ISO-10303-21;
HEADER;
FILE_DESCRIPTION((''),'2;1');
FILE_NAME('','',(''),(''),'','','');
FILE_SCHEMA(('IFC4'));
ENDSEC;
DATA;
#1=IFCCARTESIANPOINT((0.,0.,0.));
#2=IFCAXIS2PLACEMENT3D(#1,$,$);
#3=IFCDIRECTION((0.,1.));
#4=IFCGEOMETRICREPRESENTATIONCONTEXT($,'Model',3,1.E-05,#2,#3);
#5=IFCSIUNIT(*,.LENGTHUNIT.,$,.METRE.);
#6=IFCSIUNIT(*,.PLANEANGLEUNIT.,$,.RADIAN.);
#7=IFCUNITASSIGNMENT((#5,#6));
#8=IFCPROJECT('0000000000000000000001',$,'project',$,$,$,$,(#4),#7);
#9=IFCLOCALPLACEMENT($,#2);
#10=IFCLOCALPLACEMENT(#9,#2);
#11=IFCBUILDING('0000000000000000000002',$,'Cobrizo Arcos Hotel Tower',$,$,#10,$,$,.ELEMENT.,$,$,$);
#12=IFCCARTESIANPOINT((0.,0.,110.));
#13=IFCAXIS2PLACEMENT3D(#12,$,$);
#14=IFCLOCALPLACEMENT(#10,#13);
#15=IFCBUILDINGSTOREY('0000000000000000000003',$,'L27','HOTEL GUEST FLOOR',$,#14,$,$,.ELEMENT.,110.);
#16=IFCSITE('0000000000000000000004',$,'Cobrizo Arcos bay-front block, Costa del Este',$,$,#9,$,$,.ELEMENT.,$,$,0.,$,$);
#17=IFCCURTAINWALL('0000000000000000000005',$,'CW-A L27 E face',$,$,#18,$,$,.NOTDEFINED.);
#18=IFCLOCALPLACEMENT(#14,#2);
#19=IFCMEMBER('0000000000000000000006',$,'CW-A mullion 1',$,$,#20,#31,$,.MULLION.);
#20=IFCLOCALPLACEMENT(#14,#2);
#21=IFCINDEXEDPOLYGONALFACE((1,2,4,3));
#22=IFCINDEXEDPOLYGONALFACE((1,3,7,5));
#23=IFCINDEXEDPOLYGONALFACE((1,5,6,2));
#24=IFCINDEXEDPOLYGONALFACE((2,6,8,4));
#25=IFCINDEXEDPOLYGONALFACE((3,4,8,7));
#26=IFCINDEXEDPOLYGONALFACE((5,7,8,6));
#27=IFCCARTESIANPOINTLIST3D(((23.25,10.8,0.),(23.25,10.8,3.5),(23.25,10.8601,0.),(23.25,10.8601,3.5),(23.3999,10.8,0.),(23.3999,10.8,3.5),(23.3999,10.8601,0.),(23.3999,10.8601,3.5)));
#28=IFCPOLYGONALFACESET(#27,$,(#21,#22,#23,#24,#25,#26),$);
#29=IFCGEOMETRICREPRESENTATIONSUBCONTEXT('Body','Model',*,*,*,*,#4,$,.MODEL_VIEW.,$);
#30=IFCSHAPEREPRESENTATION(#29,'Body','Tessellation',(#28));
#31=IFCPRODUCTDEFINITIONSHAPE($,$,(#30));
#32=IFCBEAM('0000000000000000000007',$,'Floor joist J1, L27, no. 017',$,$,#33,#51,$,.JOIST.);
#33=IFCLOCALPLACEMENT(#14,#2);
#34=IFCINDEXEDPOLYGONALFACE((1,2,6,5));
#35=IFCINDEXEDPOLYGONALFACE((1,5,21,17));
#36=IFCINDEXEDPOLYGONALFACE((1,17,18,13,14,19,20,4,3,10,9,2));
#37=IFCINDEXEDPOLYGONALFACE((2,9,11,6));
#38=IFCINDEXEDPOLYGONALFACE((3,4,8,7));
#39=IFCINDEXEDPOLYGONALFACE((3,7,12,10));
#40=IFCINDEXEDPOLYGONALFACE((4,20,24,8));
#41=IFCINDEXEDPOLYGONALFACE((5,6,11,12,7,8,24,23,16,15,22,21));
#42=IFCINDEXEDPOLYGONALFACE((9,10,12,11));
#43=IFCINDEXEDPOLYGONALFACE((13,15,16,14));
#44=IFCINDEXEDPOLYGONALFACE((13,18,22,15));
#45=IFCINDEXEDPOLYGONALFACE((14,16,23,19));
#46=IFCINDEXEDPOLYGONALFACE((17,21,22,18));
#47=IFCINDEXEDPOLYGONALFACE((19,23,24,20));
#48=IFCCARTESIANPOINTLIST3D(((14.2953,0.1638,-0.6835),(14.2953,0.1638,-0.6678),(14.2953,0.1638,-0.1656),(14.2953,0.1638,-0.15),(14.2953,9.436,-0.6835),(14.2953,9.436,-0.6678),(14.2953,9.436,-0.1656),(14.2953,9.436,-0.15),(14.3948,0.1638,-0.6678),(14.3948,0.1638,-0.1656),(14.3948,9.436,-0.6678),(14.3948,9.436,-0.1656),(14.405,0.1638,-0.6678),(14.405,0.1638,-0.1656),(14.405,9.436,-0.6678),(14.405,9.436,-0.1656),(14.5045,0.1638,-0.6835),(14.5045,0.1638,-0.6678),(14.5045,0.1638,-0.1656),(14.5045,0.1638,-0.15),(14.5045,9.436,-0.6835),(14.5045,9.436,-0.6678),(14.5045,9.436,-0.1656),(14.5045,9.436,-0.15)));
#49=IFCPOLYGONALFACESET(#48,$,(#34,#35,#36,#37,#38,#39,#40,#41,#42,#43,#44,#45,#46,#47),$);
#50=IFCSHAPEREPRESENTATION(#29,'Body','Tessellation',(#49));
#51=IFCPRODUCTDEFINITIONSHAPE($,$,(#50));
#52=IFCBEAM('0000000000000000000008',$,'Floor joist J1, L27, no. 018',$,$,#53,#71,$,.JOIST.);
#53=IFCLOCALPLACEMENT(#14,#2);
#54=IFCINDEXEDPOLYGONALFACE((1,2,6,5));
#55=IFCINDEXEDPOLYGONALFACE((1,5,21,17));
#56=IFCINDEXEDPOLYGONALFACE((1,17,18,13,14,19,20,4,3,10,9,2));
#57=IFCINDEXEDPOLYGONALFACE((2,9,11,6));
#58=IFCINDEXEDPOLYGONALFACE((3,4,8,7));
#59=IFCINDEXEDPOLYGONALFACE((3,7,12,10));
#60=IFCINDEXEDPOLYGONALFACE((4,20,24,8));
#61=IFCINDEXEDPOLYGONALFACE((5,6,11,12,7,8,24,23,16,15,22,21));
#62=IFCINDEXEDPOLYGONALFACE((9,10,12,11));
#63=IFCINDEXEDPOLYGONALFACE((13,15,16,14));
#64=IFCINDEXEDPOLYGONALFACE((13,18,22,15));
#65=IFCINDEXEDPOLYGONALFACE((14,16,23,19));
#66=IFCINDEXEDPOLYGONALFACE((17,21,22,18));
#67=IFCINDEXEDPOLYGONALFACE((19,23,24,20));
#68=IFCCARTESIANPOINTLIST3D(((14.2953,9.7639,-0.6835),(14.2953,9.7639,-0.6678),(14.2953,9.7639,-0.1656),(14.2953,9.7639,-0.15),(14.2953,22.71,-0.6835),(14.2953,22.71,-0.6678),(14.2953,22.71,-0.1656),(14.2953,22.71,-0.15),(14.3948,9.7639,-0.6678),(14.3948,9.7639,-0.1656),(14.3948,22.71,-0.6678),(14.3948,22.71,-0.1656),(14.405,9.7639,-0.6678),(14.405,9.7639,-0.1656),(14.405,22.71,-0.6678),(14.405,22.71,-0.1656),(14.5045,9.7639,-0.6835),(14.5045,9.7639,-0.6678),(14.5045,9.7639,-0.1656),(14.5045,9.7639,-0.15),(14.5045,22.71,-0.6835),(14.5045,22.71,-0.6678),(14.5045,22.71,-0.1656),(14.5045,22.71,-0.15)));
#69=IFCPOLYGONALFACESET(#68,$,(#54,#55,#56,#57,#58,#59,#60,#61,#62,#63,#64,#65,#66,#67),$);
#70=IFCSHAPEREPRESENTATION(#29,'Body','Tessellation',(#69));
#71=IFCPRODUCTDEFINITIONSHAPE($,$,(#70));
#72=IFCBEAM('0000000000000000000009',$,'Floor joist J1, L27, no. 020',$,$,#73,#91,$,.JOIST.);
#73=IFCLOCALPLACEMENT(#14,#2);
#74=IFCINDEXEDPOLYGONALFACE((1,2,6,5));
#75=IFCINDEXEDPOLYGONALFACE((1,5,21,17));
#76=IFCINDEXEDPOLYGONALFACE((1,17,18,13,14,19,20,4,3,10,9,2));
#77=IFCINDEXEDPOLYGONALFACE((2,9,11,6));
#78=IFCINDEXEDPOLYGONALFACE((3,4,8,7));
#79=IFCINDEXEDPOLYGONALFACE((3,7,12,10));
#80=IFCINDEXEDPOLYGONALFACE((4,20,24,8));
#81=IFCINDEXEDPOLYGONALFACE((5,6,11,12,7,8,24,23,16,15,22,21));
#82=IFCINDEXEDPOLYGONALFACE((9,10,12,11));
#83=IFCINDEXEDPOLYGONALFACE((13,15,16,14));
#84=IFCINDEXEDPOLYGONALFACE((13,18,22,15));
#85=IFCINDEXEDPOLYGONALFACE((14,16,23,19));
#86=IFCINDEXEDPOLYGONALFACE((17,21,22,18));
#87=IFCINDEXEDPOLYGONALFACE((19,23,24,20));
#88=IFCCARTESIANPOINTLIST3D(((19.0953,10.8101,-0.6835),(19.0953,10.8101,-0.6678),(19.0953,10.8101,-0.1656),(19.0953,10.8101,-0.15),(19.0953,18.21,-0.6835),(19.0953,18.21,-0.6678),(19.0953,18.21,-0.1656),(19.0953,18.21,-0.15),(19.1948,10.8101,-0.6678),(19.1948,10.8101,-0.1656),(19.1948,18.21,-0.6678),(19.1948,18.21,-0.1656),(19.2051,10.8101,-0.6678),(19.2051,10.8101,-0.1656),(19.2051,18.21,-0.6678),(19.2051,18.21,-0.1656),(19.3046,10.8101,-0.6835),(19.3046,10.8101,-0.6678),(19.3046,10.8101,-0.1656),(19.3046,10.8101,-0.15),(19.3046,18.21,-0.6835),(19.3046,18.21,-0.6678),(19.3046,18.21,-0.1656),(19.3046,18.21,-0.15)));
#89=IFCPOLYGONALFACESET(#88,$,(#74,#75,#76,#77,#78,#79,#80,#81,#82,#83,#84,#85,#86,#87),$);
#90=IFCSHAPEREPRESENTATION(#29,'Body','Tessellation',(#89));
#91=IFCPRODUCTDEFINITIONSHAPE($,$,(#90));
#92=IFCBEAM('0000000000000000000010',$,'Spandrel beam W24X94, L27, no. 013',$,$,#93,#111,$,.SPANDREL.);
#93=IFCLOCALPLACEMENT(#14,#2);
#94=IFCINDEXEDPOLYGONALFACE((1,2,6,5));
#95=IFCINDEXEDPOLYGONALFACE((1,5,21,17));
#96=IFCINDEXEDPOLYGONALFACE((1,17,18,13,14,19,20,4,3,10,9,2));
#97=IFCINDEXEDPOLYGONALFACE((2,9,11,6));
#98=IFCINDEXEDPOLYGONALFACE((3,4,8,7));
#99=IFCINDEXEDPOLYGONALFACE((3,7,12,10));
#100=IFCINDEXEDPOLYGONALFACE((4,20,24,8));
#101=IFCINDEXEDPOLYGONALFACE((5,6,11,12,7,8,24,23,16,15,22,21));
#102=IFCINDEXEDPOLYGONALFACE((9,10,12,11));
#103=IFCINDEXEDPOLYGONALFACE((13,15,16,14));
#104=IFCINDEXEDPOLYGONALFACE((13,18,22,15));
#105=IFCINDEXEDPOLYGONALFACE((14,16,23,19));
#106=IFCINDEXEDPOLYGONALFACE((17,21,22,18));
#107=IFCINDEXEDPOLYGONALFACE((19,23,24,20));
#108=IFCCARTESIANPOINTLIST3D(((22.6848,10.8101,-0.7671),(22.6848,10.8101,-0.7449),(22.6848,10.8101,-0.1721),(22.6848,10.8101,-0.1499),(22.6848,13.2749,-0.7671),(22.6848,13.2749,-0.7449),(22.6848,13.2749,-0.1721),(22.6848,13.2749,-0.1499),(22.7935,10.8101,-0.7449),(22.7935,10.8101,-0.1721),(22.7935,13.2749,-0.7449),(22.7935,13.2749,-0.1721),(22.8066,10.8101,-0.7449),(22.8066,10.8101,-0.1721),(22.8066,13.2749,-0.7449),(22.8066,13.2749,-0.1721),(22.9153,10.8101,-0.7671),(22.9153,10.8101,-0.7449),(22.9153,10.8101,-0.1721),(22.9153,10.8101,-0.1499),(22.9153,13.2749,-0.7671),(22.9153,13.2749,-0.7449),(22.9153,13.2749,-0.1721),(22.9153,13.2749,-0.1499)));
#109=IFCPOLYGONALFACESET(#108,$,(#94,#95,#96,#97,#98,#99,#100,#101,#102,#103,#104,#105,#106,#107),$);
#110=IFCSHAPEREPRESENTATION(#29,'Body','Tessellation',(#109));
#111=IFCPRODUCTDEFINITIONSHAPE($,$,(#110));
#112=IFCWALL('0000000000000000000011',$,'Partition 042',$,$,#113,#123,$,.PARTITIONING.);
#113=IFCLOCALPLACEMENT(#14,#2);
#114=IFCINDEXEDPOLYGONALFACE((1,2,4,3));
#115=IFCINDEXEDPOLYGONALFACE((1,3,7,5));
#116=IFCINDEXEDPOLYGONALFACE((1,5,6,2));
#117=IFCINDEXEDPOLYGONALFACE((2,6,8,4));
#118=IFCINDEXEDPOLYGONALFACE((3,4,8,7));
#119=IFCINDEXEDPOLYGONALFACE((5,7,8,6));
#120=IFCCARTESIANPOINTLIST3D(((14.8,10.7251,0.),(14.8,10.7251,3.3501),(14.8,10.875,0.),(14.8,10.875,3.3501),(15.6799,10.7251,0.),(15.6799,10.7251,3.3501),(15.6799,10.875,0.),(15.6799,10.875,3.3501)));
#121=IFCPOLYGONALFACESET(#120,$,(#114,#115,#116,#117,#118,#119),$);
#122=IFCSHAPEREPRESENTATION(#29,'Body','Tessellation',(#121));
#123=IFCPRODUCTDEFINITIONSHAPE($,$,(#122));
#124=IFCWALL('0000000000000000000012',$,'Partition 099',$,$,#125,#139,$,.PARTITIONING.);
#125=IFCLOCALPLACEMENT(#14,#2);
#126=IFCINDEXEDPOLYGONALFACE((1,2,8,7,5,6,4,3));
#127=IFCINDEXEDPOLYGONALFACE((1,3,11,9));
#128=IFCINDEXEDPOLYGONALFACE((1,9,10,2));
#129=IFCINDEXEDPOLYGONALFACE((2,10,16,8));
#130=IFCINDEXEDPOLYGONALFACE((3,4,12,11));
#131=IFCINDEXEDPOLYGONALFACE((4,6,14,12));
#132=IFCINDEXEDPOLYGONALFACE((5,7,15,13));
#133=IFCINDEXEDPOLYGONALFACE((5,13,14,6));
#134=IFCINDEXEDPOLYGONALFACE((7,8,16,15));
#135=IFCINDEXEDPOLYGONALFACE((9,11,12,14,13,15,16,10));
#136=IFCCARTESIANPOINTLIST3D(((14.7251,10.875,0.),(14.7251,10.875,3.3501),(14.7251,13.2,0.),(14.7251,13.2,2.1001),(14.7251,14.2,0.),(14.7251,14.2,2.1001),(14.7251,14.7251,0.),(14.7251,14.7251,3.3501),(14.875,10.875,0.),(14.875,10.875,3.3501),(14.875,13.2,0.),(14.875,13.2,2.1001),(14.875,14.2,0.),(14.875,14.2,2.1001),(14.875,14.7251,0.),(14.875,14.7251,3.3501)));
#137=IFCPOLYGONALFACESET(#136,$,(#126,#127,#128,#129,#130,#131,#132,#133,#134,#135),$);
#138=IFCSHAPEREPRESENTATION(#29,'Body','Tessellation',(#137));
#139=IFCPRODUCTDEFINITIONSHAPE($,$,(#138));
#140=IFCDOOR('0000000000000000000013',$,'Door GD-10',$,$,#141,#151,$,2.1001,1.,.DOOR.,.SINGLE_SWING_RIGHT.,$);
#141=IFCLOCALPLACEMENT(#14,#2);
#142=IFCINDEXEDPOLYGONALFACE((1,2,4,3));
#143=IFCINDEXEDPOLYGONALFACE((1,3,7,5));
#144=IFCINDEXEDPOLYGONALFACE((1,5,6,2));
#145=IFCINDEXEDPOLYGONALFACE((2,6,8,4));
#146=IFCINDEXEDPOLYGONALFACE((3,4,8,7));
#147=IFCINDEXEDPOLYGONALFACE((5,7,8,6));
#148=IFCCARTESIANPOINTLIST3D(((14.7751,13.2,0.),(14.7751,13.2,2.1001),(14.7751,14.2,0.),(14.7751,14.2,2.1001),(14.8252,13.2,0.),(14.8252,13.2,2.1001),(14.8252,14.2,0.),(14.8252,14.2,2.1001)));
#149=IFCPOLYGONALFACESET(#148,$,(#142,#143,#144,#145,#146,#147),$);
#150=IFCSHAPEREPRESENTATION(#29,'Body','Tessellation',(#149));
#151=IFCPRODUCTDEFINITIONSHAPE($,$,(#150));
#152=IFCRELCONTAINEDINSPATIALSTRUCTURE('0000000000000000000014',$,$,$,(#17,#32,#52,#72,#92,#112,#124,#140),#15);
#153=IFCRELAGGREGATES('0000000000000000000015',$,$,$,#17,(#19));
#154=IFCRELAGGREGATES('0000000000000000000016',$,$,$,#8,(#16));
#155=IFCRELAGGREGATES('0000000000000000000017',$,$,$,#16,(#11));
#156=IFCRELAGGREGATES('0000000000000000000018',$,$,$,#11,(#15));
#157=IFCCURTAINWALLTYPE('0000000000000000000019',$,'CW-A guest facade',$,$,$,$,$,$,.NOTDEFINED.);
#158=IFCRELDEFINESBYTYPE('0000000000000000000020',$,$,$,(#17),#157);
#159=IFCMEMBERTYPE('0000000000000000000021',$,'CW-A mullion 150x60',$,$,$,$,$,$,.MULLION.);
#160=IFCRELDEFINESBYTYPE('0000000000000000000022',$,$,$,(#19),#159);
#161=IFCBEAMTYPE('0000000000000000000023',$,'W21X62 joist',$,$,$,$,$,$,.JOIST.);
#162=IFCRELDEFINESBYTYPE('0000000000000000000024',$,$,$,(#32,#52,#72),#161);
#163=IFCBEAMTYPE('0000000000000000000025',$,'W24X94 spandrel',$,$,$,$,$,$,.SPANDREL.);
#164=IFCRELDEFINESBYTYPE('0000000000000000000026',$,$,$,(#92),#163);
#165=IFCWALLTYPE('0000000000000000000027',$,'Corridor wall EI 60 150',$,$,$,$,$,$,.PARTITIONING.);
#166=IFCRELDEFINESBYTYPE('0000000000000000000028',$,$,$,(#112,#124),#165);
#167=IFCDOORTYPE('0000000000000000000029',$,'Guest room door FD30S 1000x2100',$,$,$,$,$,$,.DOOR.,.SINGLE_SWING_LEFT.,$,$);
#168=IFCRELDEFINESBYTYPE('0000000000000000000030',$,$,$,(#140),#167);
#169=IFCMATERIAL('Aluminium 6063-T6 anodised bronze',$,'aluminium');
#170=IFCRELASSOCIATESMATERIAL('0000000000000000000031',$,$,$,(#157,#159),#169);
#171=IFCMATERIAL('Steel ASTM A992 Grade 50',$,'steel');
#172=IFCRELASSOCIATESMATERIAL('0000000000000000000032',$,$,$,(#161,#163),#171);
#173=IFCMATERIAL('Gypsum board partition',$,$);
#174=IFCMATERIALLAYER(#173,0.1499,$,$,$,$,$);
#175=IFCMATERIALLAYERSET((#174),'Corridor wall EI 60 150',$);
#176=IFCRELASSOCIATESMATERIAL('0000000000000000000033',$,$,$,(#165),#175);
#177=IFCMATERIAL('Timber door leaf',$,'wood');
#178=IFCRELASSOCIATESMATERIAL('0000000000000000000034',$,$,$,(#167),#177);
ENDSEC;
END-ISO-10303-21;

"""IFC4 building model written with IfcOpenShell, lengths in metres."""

from ifc_helpers import new_model, si_unit, direction, frame, frame_2d, origin, origin_2d, place, context, subcontext, project, spatial, rectangle, i_section, extrude, material, layer, layer_set, material_profile, profile_set, type_object, element, fill, aggregate, save


model = new_model("IFC4")

# Units and contexts
model_context = context("Model", 3, precision=1e-05, world=origin(), true_north=direction((0.0, 1.0)))
body_context = subcontext(model_context, "Body", "Model", "MODEL_VIEW")
ifc_project = project(units=[si_unit("LENGTHUNIT", "METRE"), si_unit("PLANEANGLEUNIT", "RADIAN")], contexts=[model_context])

# Site, building, storey
site_placement = place(None, origin())
site = spatial("IfcSite", under=ifc_project, at=site_placement, Name="Cobrizo Arcos bay-front block, Costa del Este", CompositionType="ELEMENT", RefElevation=0.0)
building_placement = place(site_placement, origin())
building = spatial("IfcBuilding", under=site, at=building_placement, Name="Cobrizo Arcos Hotel Tower", CompositionType="ELEMENT")
storey_placement = place(building_placement, frame((0.0, 0.0, 110.0)))
storey = spatial("IfcBuildingStorey", under=building, at=storey_placement, Name="L27", Description="HOTEL GUEST FLOOR", CompositionType="ELEMENT", Elevation=110.0)

# Curtain wall, member
ifc_material_1 = material(Name="Aluminium 6063-T6 anodised bronze", Category="aluminium")
curtain_wall_type = type_object("IfcCurtainWallType", Name="CW-A guest facade", PredefinedType="NOTDEFINED", material=ifc_material_1)
curtain_wall_placement = place(storey_placement, origin())
curtain_wall = element("IfcCurtainWall", 1, at=curtain_wall_placement, inside=storey, type_object=curtain_wall_type, Name="CW-A L27 E face", PredefinedType="NOTDEFINED")
ifc_material_profile_1 = material_profile(ifc_material_1, rectangle(XDim=0.1499, YDim=0.0601, at=origin_2d()), Name="CW-A mullion 150x60")
ifc_profile_set_1 = profile_set([ifc_material_profile_1], Name="Aluminium 6063-T6 anodised bronze")
member_type = type_object("IfcMemberType", Name="CW-A mullion 150x60", PredefinedType="MULLION", material=ifc_profile_set_1)
member_placement = place(storey_placement, frame((23.325, 10.8301, 0.0), z_axis=(0.0, 0.0, 1.0), x_axis=(1.0, 0.0, 0.0)))
member = element("IfcMember", 2, at=member_placement, type_object=member_type, Name="CW-A mullion 1", PredefinedType="MULLION", context=body_context, shape_type="SweptSolid", body=[
    extrude(rectangle(XDim=0.1499, YDim=0.0601, at=origin_2d()), origin(), (0.0, 0.0, 1.0), 3.5),
])
aggregate(curtain_wall, [member])

# Beams
ifc_material_2 = material(Name="Steel ASTM A992 Grade 50", Category="steel")
ifc_material_profile_2 = material_profile(ifc_material_2, i_section(OverallWidth=0.2092, OverallDepth=0.5334, WebThickness=0.0103, FlangeThickness=0.0156, at=origin_2d()), Name="W21X62")
ifc_profile_set_2 = profile_set([ifc_material_profile_2], Name="Steel ASTM A992 Grade 50")
beam_type_1 = type_object("IfcBeamType", Name="W21X62 joist", PredefinedType="JOIST", material=ifc_profile_set_2)
beam_1_placement = place(storey_placement, frame((14.3999, 0.1638, -0.4167), z_axis=(0.0, 1.0, 0.0), x_axis=(-1.0, 0.0, 0.0)))
element("IfcBeam", 3, at=beam_1_placement, inside=storey, type_object=beam_type_1, Name="Floor joist J1, L27, no. 017", PredefinedType="JOIST", context=body_context, shape_type="SweptSolid", body=[
    extrude(i_section(OverallWidth=0.2092, OverallDepth=0.5334, WebThickness=0.0103, FlangeThickness=0.0156, at=origin_2d()), origin(), (0.0, 0.0, 1.0), 9.2722),
])
beam_2_placement = place(storey_placement, frame((14.3999, 9.7639, -0.4167), z_axis=(0.0, 1.0, 0.0), x_axis=(-1.0, 0.0, 0.0)))
element("IfcBeam", 4, at=beam_2_placement, inside=storey, type_object=beam_type_1, Name="Floor joist J1, L27, no. 018", PredefinedType="JOIST", context=body_context, shape_type="SweptSolid", body=[
    extrude(i_section(OverallWidth=0.2092, OverallDepth=0.5334, WebThickness=0.0103, FlangeThickness=0.0156, at=origin_2d()), origin(), (0.0, 0.0, 1.0), 12.946),
])
beam_3_placement = place(storey_placement, frame((19.2, 10.8101, -0.4167), z_axis=(0.0, 1.0, 0.0), x_axis=(-1.0, 0.0, 0.0)))
element("IfcBeam", 5, at=beam_3_placement, inside=storey, type_object=beam_type_1, Name="Floor joist J1, L27, no. 020", PredefinedType="JOIST", context=body_context, shape_type="SweptSolid", body=[
    extrude(i_section(OverallWidth=0.2092, OverallDepth=0.5334, WebThickness=0.0103, FlangeThickness=0.0156, at=origin_2d()), origin(), (0.0, 0.0, 1.0), 7.3999),
])
ifc_material_profile_3 = material_profile(ifc_material_2, i_section(OverallWidth=0.2305, OverallDepth=0.6172, WebThickness=0.0132, FlangeThickness=0.0222, at=origin_2d()), Name="W24X94")
ifc_profile_set_3 = profile_set([ifc_material_profile_3], Name="Steel ASTM A992 Grade 50")
beam_type_2 = type_object("IfcBeamType", Name="W24X94 spandrel", PredefinedType="SPANDREL", material=ifc_profile_set_3)
beam_4_placement = place(storey_placement, frame((22.8, 10.8101, -0.4585), z_axis=(0.0, 1.0, 0.0), x_axis=(-1.0, 0.0, 0.0)))
element("IfcBeam", 6, at=beam_4_placement, inside=storey, type_object=beam_type_2, Name="Spandrel beam W24X94, L27, no. 013", PredefinedType="SPANDREL", context=body_context, shape_type="SweptSolid", body=[
    extrude(i_section(OverallWidth=0.2305, OverallDepth=0.6172, WebThickness=0.0132, FlangeThickness=0.0222, at=origin_2d()), origin(), (0.0, 0.0, 1.0), 2.4648),
])

# Wall
ifc_material_3 = material(Name="Gypsum board partition")
ifc_layer_1 = layer(ifc_material_3, 0.1499)
ifc_layer_set_1 = layer_set([ifc_layer_1], Name="Corridor wall EI 60 150")
wall_type_1 = type_object("IfcWallType", Name="Corridor wall EI 60 150", PredefinedType="PARTITIONING", material=ifc_layer_set_1)
wall_1_placement = place(storey_placement, frame((14.8, 10.8, 0.0), z_axis=(0.0, 0.0, 1.0), x_axis=(1.0, 0.0, 0.0)))
element("IfcWall", 7, at=wall_1_placement, inside=storey, type_object=wall_type_1, Name="Partition 042", PredefinedType="PARTITIONING", context=body_context, shape_type="SweptSolid", body=[
    extrude(rectangle(XDim=0.8799, YDim=0.1499, at=frame_2d((0.4399, 0.0))), origin(), (0.0, 0.0, 1.0), 3.3501),
])

# Wall, opening, door
wall_2_placement = place(storey_placement, frame((14.8, 10.875, 0.0), z_axis=(0.0, 0.0, 1.0), x_axis=(0.0, 1.0, 0.0)))
wall_2 = element("IfcWall", 8, at=wall_2_placement, inside=storey, type_object=wall_type_1, Name="Partition 099", PredefinedType="PARTITIONING", context=body_context, shape_type="SweptSolid", body=[
    extrude(rectangle(XDim=3.8501, YDim=0.1499, at=frame_2d((1.925, 0.0))), origin(), (0.0, 0.0, 1.0), 3.3501),
])
opening_1_placement = place(wall_2_placement, frame((2.325, 0.0, 0.0)))
opening_1 = element("IfcOpeningElement", 9, at=opening_1_placement, cuts=wall_2, PredefinedType="OPENING", context=body_context, shape_type="SweptSolid", body=[
    extrude(rectangle(XDim=1.0, YDim=2.1001, at=frame_2d((0.5, 1.05))), frame((0.0, 0.0869, 0.0), z_axis=(0.0, -1.0, 0.0), x_axis=(1.0, 0.0, 0.0)), (0.0, 0.0, 1.0), 0.1738),
])
ifc_material_4 = material(Name="Timber door leaf", Category="wood")
door_type_1 = type_object("IfcDoorType", Name="Guest room door FD30S 1000x2100", OperationType="SINGLE_SWING_LEFT", PredefinedType="DOOR", material=ifc_material_4)
door_1_placement = place(opening_1_placement, origin())
door_1 = element("IfcDoor", 10, at=door_1_placement, inside=storey, type_object=door_type_1, Name="Door GD-10", OperationType="SINGLE_SWING_RIGHT", OverallHeight=2.1001, OverallWidth=1.0, PredefinedType="DOOR", context=body_context, shape_type="SweptSolid", body=[
    extrude(rectangle(XDim=1.0, YDim=2.1001, at=frame_2d((0.5, 1.05))), frame((0.0, 0.0249, 0.0), z_axis=(0.0, -1.0, 0.0), x_axis=(1.0, 0.0, 0.0)), (0.0, 0.0, 1.0), 0.05),
])
fill(opening_1, door_1)

save(model, "model.ifc")
